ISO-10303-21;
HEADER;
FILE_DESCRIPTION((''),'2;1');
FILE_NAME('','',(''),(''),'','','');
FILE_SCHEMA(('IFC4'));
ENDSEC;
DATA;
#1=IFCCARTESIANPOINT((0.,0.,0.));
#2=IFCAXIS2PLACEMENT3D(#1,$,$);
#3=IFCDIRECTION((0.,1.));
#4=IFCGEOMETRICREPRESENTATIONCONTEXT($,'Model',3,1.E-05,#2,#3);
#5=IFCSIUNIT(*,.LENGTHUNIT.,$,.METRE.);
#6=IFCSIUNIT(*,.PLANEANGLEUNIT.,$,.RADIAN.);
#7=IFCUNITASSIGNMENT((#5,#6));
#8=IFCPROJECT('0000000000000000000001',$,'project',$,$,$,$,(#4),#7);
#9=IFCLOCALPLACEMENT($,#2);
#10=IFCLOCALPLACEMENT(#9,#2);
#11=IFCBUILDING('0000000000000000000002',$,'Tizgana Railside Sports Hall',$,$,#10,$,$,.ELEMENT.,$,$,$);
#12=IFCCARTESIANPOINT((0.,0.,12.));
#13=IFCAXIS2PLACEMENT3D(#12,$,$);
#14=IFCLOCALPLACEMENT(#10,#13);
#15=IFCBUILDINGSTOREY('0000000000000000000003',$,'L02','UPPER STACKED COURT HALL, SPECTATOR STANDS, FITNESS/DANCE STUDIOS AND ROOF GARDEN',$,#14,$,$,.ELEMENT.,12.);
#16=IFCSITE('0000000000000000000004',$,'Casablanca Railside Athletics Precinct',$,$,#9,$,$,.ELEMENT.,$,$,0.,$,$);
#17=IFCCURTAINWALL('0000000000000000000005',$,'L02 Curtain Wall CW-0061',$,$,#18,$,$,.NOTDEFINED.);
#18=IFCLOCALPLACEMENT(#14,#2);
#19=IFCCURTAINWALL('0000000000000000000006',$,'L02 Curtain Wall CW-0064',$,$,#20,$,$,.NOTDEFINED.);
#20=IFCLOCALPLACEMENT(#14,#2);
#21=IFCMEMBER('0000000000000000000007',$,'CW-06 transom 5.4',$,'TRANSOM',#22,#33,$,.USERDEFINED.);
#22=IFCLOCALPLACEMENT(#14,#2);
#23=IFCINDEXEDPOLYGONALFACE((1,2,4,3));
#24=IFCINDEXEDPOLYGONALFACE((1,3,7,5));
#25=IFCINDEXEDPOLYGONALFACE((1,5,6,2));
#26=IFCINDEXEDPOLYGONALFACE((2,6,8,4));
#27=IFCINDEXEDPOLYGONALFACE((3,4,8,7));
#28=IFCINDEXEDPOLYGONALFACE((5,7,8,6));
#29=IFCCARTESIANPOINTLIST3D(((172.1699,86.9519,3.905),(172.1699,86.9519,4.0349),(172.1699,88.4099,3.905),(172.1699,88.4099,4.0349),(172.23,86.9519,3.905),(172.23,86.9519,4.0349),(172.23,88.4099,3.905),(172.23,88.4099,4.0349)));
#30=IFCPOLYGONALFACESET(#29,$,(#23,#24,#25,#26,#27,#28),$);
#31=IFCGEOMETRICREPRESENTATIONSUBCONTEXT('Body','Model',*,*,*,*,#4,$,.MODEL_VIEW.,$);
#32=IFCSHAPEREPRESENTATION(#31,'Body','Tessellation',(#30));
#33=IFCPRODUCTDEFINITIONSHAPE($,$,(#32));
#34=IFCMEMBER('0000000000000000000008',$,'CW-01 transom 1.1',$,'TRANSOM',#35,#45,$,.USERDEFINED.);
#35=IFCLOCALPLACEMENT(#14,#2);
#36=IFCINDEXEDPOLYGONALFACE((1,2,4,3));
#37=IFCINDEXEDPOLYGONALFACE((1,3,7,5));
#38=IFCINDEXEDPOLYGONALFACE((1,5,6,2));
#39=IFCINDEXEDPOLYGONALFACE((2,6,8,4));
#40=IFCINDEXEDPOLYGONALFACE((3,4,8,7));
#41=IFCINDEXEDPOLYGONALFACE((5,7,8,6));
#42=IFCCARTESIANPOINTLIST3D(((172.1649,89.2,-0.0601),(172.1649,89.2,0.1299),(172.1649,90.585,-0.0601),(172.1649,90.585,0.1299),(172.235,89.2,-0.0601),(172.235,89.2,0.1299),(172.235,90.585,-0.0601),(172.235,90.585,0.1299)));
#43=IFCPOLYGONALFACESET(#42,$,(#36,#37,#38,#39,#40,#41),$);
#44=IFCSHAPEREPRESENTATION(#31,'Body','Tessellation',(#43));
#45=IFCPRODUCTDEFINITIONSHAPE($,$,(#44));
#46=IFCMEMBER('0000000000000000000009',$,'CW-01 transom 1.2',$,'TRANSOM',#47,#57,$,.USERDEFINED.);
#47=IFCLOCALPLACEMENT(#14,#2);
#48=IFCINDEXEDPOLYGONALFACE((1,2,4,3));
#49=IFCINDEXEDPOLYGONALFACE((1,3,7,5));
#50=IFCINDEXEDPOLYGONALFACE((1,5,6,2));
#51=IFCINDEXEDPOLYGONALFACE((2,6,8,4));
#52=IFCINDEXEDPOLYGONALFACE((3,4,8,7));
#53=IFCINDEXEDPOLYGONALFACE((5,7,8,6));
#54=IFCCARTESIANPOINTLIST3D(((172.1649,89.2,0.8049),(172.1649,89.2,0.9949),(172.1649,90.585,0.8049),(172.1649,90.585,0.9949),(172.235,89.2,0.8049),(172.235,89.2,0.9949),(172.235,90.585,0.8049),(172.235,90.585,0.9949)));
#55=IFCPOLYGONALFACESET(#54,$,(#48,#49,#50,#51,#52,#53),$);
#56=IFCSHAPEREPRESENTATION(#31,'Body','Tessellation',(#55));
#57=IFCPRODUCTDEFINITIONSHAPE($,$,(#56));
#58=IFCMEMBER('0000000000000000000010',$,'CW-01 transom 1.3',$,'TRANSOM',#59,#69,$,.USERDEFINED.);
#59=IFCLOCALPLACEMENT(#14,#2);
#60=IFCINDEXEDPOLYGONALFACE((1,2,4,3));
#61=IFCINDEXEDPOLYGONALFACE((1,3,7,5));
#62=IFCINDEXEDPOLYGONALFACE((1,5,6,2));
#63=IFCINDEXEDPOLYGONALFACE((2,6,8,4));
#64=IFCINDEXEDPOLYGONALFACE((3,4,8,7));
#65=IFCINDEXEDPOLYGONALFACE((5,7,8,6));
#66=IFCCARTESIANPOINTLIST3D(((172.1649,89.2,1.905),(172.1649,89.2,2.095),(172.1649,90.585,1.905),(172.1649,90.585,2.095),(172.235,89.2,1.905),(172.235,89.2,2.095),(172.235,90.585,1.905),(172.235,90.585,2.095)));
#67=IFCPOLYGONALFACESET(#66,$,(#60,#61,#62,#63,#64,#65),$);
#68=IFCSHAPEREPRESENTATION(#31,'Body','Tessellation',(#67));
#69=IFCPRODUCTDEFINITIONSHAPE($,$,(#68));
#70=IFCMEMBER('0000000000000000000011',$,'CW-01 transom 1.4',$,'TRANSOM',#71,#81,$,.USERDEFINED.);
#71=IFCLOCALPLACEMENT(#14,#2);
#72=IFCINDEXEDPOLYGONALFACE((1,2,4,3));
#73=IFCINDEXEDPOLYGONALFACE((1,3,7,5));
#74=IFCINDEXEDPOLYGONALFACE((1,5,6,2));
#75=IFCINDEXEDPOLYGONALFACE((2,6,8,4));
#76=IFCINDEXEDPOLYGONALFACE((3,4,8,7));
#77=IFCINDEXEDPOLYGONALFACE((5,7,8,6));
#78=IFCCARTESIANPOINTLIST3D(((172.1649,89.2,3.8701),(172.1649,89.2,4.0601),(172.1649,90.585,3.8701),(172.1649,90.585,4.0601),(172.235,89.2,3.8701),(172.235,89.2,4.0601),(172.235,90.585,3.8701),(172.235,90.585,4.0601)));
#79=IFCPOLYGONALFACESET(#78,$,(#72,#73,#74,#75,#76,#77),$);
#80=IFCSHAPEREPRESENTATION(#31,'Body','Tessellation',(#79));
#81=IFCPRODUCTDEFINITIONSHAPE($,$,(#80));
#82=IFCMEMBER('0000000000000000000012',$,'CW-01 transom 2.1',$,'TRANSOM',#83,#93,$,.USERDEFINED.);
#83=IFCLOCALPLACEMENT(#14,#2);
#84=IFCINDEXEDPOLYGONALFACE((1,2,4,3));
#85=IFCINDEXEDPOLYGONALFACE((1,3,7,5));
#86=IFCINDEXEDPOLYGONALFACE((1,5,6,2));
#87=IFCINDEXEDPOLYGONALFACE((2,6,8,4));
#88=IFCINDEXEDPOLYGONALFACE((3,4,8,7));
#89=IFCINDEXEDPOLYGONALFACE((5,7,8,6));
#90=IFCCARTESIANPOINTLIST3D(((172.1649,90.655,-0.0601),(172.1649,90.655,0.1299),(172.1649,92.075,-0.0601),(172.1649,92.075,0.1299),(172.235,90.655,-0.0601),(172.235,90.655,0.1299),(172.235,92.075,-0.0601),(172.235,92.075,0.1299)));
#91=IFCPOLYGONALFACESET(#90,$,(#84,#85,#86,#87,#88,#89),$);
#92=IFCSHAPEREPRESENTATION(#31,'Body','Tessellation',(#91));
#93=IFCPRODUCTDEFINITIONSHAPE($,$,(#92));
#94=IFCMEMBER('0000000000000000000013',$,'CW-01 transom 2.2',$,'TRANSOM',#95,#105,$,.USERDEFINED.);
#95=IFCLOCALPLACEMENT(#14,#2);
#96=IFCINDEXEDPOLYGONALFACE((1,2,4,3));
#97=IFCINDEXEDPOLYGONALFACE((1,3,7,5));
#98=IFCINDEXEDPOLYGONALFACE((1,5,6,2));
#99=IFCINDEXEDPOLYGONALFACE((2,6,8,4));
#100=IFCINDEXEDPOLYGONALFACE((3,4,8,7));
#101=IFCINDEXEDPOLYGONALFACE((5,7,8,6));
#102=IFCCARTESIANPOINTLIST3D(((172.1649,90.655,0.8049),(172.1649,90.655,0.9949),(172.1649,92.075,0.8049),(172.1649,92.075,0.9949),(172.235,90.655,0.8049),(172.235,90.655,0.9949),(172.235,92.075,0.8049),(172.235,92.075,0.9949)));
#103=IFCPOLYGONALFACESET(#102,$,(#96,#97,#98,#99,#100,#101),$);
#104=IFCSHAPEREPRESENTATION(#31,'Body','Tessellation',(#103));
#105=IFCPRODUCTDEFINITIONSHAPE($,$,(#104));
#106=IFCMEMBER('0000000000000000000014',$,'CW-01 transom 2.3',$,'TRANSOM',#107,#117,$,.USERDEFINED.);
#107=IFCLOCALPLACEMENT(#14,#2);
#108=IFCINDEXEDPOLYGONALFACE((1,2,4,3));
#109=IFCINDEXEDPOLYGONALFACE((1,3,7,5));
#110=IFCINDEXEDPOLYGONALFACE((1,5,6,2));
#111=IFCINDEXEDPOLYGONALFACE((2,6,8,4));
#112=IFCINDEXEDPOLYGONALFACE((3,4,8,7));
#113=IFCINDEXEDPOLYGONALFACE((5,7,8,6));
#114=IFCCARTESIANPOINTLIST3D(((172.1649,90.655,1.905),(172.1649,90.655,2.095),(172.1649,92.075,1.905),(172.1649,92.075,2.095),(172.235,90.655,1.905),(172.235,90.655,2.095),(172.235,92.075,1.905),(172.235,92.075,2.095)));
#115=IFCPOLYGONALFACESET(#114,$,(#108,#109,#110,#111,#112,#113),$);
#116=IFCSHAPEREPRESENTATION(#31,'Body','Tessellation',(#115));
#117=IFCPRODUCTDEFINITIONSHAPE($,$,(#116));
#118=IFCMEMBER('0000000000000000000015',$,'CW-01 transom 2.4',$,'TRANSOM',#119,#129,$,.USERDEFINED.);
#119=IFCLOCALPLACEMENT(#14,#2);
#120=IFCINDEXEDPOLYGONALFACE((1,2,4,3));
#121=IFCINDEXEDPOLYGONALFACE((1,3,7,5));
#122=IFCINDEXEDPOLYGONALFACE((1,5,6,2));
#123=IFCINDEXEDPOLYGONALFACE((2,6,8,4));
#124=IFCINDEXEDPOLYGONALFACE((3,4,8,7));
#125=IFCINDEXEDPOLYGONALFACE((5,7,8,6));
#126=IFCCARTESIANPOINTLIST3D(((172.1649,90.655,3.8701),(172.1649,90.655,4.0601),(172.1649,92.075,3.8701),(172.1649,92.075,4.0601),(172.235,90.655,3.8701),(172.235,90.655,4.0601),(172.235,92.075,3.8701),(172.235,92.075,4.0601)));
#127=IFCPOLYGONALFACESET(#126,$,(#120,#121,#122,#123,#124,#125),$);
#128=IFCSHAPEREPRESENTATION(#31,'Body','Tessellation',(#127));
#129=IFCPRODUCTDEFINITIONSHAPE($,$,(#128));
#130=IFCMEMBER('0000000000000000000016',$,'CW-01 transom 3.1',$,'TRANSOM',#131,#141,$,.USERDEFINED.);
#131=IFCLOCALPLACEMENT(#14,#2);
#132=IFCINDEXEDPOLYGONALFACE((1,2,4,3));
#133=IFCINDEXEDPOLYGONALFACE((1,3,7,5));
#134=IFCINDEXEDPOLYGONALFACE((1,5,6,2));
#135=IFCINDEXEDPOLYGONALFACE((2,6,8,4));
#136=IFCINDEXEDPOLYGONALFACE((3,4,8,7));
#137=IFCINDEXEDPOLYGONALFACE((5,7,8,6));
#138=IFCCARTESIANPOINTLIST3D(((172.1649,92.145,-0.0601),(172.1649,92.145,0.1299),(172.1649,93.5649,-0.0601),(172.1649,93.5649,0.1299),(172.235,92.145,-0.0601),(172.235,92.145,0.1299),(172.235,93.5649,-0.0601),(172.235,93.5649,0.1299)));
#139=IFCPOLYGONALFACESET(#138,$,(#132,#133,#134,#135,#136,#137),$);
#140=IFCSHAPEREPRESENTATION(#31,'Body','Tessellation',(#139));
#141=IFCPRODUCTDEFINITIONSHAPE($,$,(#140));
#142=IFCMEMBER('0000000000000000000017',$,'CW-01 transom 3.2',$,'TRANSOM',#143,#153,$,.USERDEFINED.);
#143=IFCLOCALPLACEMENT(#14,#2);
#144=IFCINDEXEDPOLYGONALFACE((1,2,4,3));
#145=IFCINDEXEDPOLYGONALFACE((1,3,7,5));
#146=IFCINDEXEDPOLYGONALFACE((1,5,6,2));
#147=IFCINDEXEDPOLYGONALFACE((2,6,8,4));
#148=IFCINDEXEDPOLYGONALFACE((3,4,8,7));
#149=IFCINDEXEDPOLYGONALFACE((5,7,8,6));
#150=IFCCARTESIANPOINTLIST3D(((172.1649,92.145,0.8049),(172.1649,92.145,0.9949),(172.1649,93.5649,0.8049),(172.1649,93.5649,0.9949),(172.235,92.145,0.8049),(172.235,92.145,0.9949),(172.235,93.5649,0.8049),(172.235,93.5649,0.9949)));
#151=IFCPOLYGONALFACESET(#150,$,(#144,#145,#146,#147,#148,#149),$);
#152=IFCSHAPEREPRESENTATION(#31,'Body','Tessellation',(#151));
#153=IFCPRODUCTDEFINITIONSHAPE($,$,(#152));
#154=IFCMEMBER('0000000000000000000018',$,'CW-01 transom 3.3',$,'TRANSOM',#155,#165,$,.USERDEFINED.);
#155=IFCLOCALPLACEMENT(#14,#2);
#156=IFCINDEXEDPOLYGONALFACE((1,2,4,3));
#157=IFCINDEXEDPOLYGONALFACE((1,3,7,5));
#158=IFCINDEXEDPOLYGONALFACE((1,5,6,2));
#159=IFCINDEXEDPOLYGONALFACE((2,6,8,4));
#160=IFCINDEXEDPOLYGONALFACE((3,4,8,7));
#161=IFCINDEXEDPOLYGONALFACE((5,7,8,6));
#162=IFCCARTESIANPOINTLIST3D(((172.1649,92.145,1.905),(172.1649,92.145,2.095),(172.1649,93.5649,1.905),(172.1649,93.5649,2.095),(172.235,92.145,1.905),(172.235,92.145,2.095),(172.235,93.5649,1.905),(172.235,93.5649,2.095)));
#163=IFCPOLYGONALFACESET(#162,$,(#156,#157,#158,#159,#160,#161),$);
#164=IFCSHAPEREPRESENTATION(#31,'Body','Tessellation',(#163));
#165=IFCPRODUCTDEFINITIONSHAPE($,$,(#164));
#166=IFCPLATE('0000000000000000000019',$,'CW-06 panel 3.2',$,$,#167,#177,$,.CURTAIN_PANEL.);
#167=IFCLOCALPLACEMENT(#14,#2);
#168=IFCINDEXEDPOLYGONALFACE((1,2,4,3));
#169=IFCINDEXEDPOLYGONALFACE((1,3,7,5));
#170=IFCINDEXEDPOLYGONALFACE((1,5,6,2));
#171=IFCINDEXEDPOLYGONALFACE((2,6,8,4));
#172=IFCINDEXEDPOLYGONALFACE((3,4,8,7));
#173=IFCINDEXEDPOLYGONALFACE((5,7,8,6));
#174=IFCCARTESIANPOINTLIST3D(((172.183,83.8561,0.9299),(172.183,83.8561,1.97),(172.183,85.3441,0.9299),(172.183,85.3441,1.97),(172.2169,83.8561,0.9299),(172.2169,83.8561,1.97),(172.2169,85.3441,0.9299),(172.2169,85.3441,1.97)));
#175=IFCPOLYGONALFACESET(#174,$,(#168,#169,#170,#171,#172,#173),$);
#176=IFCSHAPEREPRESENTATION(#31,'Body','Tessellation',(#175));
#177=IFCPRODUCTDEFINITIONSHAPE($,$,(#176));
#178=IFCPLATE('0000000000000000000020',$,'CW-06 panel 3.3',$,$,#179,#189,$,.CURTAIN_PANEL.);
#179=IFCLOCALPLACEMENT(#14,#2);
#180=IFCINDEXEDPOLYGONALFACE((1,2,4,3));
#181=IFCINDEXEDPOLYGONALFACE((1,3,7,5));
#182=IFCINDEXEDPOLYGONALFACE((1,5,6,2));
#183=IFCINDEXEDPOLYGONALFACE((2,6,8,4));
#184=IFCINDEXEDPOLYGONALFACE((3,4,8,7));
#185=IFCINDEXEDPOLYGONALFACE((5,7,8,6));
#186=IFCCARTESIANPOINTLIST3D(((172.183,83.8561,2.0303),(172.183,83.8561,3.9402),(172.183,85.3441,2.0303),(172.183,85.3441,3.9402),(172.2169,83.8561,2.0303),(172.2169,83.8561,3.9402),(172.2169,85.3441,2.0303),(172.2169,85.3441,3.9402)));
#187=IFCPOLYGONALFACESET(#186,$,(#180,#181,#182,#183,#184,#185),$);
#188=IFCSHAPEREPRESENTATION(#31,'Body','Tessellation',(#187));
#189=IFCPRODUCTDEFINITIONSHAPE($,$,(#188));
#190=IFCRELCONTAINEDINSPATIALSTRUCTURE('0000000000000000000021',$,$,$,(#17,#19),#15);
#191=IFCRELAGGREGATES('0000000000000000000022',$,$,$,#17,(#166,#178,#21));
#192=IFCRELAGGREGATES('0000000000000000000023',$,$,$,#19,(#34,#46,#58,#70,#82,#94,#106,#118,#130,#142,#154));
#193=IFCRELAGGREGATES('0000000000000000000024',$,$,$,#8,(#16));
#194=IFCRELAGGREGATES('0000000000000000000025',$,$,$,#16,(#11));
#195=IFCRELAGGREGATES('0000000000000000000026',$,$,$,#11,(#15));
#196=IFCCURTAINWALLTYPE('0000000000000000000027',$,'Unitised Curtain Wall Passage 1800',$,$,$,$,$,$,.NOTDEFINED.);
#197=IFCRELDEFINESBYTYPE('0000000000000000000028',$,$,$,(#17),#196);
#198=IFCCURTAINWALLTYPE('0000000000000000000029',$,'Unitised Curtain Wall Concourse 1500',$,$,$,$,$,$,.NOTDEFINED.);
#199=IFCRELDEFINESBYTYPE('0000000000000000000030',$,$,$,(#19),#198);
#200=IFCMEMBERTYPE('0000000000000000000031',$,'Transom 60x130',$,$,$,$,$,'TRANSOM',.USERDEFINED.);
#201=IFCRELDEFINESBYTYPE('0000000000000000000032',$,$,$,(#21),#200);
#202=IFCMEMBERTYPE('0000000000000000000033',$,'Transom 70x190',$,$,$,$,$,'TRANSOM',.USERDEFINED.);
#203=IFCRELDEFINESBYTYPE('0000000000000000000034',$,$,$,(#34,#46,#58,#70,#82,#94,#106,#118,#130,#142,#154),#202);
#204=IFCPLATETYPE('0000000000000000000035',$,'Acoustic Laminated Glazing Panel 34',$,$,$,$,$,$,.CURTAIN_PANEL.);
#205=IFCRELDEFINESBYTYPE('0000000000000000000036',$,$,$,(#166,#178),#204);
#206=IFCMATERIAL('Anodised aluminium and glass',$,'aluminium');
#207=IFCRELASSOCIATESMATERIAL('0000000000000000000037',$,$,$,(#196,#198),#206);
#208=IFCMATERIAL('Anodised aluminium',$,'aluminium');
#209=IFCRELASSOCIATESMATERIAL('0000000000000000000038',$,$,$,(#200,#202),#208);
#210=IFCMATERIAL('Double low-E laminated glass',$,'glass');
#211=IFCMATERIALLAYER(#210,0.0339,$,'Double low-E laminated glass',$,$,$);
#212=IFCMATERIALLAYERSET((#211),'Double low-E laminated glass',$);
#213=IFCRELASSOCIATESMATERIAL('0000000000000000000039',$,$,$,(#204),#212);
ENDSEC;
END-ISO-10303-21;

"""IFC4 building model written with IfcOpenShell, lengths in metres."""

from ifc_helpers import new_model, si_unit, direction, frame, origin, origin_2d, place, context, subcontext, project, spatial, rectangle, extrude, material, layer, layer_set, material_profile, profile_set, type_object, element, aggregate, save


model = new_model("IFC4")

# Units and contexts
model_context = context("Model", 3, precision=1e-05, world=origin(), true_north=direction((0.0, 1.0)))
body_context = subcontext(model_context, "Body", "Model", "MODEL_VIEW")
ifc_project = project(units=[si_unit("LENGTHUNIT", "METRE"), si_unit("PLANEANGLEUNIT", "RADIAN")], contexts=[model_context])

# Site, building, storey
site_placement = place(None, origin())
site = spatial("IfcSite", under=ifc_project, at=site_placement, Name="Casablanca Railside Athletics Precinct", CompositionType="ELEMENT", RefElevation=0.0)
building_placement = place(site_placement, origin())
building = spatial("IfcBuilding", under=site, at=building_placement, Name="Tizgana Railside Sports Hall", CompositionType="ELEMENT")
storey_placement = place(building_placement, frame((0.0, 0.0, 12.0)))
storey = spatial("IfcBuildingStorey", under=building, at=storey_placement, Name="L02", Description="UPPER STACKED COURT HALL, SPECTATOR STANDS, FITNESS/DANCE STUDIOS AND ROOF GARDEN", CompositionType="ELEMENT", Elevation=12.0)

# Curtain walls
ifc_material_1 = material(Name="Anodised aluminium and glass", Category="aluminium")
curtain_wall_type_1 = type_object("IfcCurtainWallType", Name="Unitised Curtain Wall Passage 1800", PredefinedType="NOTDEFINED", material=ifc_material_1)
curtain_wall_1_placement = place(storey_placement, origin())
curtain_wall_1 = element("IfcCurtainWall", 1, at=curtain_wall_1_placement, inside=storey, type_object=curtain_wall_type_1, Name="L02 Curtain Wall CW-0061", PredefinedType="NOTDEFINED")
ifc_material_2 = material(Name="Anodised aluminium", Category="aluminium")
curtain_wall_type_2 = type_object("IfcCurtainWallType", Name="Unitised Curtain Wall Concourse 1500", PredefinedType="NOTDEFINED", material=ifc_material_1)
curtain_wall_2_placement = place(storey_placement, origin())
curtain_wall_2 = element("IfcCurtainWall", 2, at=curtain_wall_2_placement, inside=storey, type_object=curtain_wall_type_2, Name="L02 Curtain Wall CW-0064", PredefinedType="NOTDEFINED")

# Members
ifc_material_profile_1 = material_profile(ifc_material_2, rectangle(XDim=0.0601, YDim=0.1299, at=origin_2d()), Name="Transom 60x130")
ifc_profile_set_1 = profile_set([ifc_material_profile_1], Name="Anodised aluminium")
member_type_1 = type_object("IfcMemberType", Name="Transom 60x130", ElementType="TRANSOM", PredefinedType="USERDEFINED", material=ifc_profile_set_1)
member_1_placement = place(storey_placement, frame((172.2, 86.9519, 3.97), z_axis=(0.0, 1.0, 0.0), x_axis=(-1.0, 0.0, 0.0)))
member_1 = element("IfcMember", 3, at=member_1_placement, type_object=member_type_1, Name="CW-06 transom 5.4", ObjectType="TRANSOM", PredefinedType="USERDEFINED", context=body_context, shape_type="SweptSolid", body=[
    extrude(rectangle(XDim=0.0601, YDim=0.1299, at=origin_2d()), origin(), (0.0, 0.0, 1.0), 1.458),
])
ifc_material_profile_2 = material_profile(ifc_material_2, rectangle(XDim=0.0701, YDim=0.1899, at=origin_2d()), Name="Transom 70x190")
ifc_profile_set_2 = profile_set([ifc_material_profile_2], Name="Anodised aluminium")
member_type_2 = type_object("IfcMemberType", Name="Transom 70x190", ElementType="TRANSOM", PredefinedType="USERDEFINED", material=ifc_profile_set_2)
member_2_placement = place(storey_placement, frame((172.2, 89.2, 0.0349), z_axis=(0.0, 1.0, 0.0), x_axis=(-1.0, 0.0, 0.0)))
member_2 = element("IfcMember", 4, at=member_2_placement, type_object=member_type_2, Name="CW-01 transom 1.1", ObjectType="TRANSOM", PredefinedType="USERDEFINED", context=body_context, shape_type="SweptSolid", body=[
    extrude(rectangle(XDim=0.0701, YDim=0.1899, at=origin_2d()), origin(), (0.0, 0.0, 1.0), 1.385),
])
member_3_placement = place(storey_placement, frame((172.2, 89.2, 0.8999), z_axis=(0.0, 1.0, 0.0), x_axis=(-1.0, 0.0, 0.0)))
member_3 = element("IfcMember", 5, at=member_3_placement, type_object=member_type_2, Name="CW-01 transom 1.2", ObjectType="TRANSOM", PredefinedType="USERDEFINED", context=body_context, shape_type="SweptSolid", body=[
    extrude(rectangle(XDim=0.0701, YDim=0.1899, at=origin_2d()), origin(), (0.0, 0.0, 1.0), 1.385),
])
member_4_placement = place(storey_placement, frame((172.2, 89.2, 2.0), z_axis=(0.0, 1.0, 0.0), x_axis=(-1.0, 0.0, 0.0)))
member_4 = element("IfcMember", 6, at=member_4_placement, type_object=member_type_2, Name="CW-01 transom 1.3", ObjectType="TRANSOM", PredefinedType="USERDEFINED", context=body_context, shape_type="SweptSolid", body=[
    extrude(rectangle(XDim=0.0701, YDim=0.1899, at=origin_2d()), origin(), (0.0, 0.0, 1.0), 1.385),
])
member_5_placement = place(storey_placement, frame((172.2, 89.2, 3.9651), z_axis=(0.0, 1.0, 0.0), x_axis=(-1.0, 0.0, 0.0)))
member_5 = element("IfcMember", 7, at=member_5_placement, type_object=member_type_2, Name="CW-01 transom 1.4", ObjectType="TRANSOM", PredefinedType="USERDEFINED", context=body_context, shape_type="SweptSolid", body=[
    extrude(rectangle(XDim=0.0701, YDim=0.1899, at=origin_2d()), origin(), (0.0, 0.0, 1.0), 1.385),
])
member_6_placement = place(storey_placement, frame((172.2, 90.655, 0.0349), z_axis=(0.0, 1.0, 0.0), x_axis=(-1.0, 0.0, 0.0)))
member_6 = element("IfcMember", 8, at=member_6_placement, type_object=member_type_2, Name="CW-01 transom 2.1", ObjectType="TRANSOM", PredefinedType="USERDEFINED", context=body_context, shape_type="SweptSolid", body=[
    extrude(rectangle(XDim=0.0701, YDim=0.1899, at=origin_2d()), origin(), (0.0, 0.0, 1.0), 1.4199),
])
member_7_placement = place(storey_placement, frame((172.2, 90.655, 0.8999), z_axis=(0.0, 1.0, 0.0), x_axis=(-1.0, 0.0, 0.0)))
member_7 = element("IfcMember", 9, at=member_7_placement, type_object=member_type_2, Name="CW-01 transom 2.2", ObjectType="TRANSOM", PredefinedType="USERDEFINED", context=body_context, shape_type="SweptSolid", body=[
    extrude(rectangle(XDim=0.0701, YDim=0.1899, at=origin_2d()), origin(), (0.0, 0.0, 1.0), 1.4199),
])
member_8_placement = place(storey_placement, frame((172.2, 90.655, 2.0), z_axis=(0.0, 1.0, 0.0), x_axis=(-1.0, 0.0, 0.0)))
member_8 = element("IfcMember", 10, at=member_8_placement, type_object=member_type_2, Name="CW-01 transom 2.3", ObjectType="TRANSOM", PredefinedType="USERDEFINED", context=body_context, shape_type="SweptSolid", body=[
    extrude(rectangle(XDim=0.0701, YDim=0.1899, at=origin_2d()), origin(), (0.0, 0.0, 1.0), 1.4199),
])
member_9_placement = place(storey_placement, frame((172.2, 90.655, 3.9651), z_axis=(0.0, 1.0, 0.0), x_axis=(-1.0, 0.0, 0.0)))
member_9 = element("IfcMember", 11, at=member_9_placement, type_object=member_type_2, Name="CW-01 transom 2.4", ObjectType="TRANSOM", PredefinedType="USERDEFINED", context=body_context, shape_type="SweptSolid", body=[
    extrude(rectangle(XDim=0.0701, YDim=0.1899, at=origin_2d()), origin(), (0.0, 0.0, 1.0), 1.4199),
])
member_10_placement = place(storey_placement, frame((172.2, 92.145, 0.0349), z_axis=(0.0, 1.0, 0.0), x_axis=(-1.0, 0.0, 0.0)))
member_10 = element("IfcMember", 12, at=member_10_placement, type_object=member_type_2, Name="CW-01 transom 3.1", ObjectType="TRANSOM", PredefinedType="USERDEFINED", context=body_context, shape_type="SweptSolid", body=[
    extrude(rectangle(XDim=0.0701, YDim=0.1899, at=origin_2d()), origin(), (0.0, 0.0, 1.0), 1.4199),
])
member_11_placement = place(storey_placement, frame((172.2, 92.145, 0.8999), z_axis=(0.0, 1.0, 0.0), x_axis=(-1.0, 0.0, 0.0)))
member_11 = element("IfcMember", 13, at=member_11_placement, type_object=member_type_2, Name="CW-01 transom 3.2", ObjectType="TRANSOM", PredefinedType="USERDEFINED", context=body_context, shape_type="SweptSolid", body=[
    extrude(rectangle(XDim=0.0701, YDim=0.1899, at=origin_2d()), origin(), (0.0, 0.0, 1.0), 1.4199),
])
member_12_placement = place(storey_placement, frame((172.2, 92.145, 2.0), z_axis=(0.0, 1.0, 0.0), x_axis=(-1.0, 0.0, 0.0)))
member_12 = element("IfcMember", 14, at=member_12_placement, type_object=member_type_2, Name="CW-01 transom 3.3", ObjectType="TRANSOM", PredefinedType="USERDEFINED", context=body_context, shape_type="SweptSolid", body=[
    extrude(rectangle(XDim=0.0701, YDim=0.1899, at=origin_2d()), origin(), (0.0, 0.0, 1.0), 1.4199),
])

# Plates
ifc_material_3 = material(Name="Double low-E laminated glass", Category="glass")
ifc_layer_1 = layer(ifc_material_3, 0.0339, Name="Double low-E laminated glass")
ifc_layer_set_1 = layer_set([ifc_layer_1], Name="Double low-E laminated glass")
plate_type_1 = type_object("IfcPlateType", Name="Acoustic Laminated Glazing Panel 34", PredefinedType="CURTAIN_PANEL", material=ifc_layer_set_1)
plate_1_placement = place(storey_placement, frame((172.2, 84.6001, 0.9299), z_axis=(0.0, 0.0, 1.0), x_axis=(0.0, 1.0, 0.0)))
plate_1 = element("IfcPlate", 15, at=plate_1_placement, type_object=plate_type_1, Name="CW-06 panel 3.2", PredefinedType="CURTAIN_PANEL", context=body_context, shape_type="SweptSolid", body=[
    extrude(rectangle(XDim=1.488, YDim=0.0339, at=origin_2d()), origin(), (0.0, 0.0, 1.0), 1.04),
])
plate_2_placement = place(storey_placement, frame((172.2, 84.6001, 2.0303), z_axis=(0.0, 0.0, 1.0), x_axis=(0.0, 1.0, 0.0)))
plate_2 = element("IfcPlate", 16, at=plate_2_placement, type_object=plate_type_1, Name="CW-06 panel 3.3", PredefinedType="CURTAIN_PANEL", context=body_context, shape_type="SweptSolid", body=[
    extrude(rectangle(XDim=1.488, YDim=0.0339, at=origin_2d()), origin(), (0.0, 0.0, 1.0), 1.9099),
])
aggregate(curtain_wall_1, [plate_1, plate_2, member_1])
aggregate(curtain_wall_2, [member_2, member_3, member_4, member_5, member_6, member_7, member_8, member_9, member_10, member_11, member_12])

save(model, "model.ifc")
